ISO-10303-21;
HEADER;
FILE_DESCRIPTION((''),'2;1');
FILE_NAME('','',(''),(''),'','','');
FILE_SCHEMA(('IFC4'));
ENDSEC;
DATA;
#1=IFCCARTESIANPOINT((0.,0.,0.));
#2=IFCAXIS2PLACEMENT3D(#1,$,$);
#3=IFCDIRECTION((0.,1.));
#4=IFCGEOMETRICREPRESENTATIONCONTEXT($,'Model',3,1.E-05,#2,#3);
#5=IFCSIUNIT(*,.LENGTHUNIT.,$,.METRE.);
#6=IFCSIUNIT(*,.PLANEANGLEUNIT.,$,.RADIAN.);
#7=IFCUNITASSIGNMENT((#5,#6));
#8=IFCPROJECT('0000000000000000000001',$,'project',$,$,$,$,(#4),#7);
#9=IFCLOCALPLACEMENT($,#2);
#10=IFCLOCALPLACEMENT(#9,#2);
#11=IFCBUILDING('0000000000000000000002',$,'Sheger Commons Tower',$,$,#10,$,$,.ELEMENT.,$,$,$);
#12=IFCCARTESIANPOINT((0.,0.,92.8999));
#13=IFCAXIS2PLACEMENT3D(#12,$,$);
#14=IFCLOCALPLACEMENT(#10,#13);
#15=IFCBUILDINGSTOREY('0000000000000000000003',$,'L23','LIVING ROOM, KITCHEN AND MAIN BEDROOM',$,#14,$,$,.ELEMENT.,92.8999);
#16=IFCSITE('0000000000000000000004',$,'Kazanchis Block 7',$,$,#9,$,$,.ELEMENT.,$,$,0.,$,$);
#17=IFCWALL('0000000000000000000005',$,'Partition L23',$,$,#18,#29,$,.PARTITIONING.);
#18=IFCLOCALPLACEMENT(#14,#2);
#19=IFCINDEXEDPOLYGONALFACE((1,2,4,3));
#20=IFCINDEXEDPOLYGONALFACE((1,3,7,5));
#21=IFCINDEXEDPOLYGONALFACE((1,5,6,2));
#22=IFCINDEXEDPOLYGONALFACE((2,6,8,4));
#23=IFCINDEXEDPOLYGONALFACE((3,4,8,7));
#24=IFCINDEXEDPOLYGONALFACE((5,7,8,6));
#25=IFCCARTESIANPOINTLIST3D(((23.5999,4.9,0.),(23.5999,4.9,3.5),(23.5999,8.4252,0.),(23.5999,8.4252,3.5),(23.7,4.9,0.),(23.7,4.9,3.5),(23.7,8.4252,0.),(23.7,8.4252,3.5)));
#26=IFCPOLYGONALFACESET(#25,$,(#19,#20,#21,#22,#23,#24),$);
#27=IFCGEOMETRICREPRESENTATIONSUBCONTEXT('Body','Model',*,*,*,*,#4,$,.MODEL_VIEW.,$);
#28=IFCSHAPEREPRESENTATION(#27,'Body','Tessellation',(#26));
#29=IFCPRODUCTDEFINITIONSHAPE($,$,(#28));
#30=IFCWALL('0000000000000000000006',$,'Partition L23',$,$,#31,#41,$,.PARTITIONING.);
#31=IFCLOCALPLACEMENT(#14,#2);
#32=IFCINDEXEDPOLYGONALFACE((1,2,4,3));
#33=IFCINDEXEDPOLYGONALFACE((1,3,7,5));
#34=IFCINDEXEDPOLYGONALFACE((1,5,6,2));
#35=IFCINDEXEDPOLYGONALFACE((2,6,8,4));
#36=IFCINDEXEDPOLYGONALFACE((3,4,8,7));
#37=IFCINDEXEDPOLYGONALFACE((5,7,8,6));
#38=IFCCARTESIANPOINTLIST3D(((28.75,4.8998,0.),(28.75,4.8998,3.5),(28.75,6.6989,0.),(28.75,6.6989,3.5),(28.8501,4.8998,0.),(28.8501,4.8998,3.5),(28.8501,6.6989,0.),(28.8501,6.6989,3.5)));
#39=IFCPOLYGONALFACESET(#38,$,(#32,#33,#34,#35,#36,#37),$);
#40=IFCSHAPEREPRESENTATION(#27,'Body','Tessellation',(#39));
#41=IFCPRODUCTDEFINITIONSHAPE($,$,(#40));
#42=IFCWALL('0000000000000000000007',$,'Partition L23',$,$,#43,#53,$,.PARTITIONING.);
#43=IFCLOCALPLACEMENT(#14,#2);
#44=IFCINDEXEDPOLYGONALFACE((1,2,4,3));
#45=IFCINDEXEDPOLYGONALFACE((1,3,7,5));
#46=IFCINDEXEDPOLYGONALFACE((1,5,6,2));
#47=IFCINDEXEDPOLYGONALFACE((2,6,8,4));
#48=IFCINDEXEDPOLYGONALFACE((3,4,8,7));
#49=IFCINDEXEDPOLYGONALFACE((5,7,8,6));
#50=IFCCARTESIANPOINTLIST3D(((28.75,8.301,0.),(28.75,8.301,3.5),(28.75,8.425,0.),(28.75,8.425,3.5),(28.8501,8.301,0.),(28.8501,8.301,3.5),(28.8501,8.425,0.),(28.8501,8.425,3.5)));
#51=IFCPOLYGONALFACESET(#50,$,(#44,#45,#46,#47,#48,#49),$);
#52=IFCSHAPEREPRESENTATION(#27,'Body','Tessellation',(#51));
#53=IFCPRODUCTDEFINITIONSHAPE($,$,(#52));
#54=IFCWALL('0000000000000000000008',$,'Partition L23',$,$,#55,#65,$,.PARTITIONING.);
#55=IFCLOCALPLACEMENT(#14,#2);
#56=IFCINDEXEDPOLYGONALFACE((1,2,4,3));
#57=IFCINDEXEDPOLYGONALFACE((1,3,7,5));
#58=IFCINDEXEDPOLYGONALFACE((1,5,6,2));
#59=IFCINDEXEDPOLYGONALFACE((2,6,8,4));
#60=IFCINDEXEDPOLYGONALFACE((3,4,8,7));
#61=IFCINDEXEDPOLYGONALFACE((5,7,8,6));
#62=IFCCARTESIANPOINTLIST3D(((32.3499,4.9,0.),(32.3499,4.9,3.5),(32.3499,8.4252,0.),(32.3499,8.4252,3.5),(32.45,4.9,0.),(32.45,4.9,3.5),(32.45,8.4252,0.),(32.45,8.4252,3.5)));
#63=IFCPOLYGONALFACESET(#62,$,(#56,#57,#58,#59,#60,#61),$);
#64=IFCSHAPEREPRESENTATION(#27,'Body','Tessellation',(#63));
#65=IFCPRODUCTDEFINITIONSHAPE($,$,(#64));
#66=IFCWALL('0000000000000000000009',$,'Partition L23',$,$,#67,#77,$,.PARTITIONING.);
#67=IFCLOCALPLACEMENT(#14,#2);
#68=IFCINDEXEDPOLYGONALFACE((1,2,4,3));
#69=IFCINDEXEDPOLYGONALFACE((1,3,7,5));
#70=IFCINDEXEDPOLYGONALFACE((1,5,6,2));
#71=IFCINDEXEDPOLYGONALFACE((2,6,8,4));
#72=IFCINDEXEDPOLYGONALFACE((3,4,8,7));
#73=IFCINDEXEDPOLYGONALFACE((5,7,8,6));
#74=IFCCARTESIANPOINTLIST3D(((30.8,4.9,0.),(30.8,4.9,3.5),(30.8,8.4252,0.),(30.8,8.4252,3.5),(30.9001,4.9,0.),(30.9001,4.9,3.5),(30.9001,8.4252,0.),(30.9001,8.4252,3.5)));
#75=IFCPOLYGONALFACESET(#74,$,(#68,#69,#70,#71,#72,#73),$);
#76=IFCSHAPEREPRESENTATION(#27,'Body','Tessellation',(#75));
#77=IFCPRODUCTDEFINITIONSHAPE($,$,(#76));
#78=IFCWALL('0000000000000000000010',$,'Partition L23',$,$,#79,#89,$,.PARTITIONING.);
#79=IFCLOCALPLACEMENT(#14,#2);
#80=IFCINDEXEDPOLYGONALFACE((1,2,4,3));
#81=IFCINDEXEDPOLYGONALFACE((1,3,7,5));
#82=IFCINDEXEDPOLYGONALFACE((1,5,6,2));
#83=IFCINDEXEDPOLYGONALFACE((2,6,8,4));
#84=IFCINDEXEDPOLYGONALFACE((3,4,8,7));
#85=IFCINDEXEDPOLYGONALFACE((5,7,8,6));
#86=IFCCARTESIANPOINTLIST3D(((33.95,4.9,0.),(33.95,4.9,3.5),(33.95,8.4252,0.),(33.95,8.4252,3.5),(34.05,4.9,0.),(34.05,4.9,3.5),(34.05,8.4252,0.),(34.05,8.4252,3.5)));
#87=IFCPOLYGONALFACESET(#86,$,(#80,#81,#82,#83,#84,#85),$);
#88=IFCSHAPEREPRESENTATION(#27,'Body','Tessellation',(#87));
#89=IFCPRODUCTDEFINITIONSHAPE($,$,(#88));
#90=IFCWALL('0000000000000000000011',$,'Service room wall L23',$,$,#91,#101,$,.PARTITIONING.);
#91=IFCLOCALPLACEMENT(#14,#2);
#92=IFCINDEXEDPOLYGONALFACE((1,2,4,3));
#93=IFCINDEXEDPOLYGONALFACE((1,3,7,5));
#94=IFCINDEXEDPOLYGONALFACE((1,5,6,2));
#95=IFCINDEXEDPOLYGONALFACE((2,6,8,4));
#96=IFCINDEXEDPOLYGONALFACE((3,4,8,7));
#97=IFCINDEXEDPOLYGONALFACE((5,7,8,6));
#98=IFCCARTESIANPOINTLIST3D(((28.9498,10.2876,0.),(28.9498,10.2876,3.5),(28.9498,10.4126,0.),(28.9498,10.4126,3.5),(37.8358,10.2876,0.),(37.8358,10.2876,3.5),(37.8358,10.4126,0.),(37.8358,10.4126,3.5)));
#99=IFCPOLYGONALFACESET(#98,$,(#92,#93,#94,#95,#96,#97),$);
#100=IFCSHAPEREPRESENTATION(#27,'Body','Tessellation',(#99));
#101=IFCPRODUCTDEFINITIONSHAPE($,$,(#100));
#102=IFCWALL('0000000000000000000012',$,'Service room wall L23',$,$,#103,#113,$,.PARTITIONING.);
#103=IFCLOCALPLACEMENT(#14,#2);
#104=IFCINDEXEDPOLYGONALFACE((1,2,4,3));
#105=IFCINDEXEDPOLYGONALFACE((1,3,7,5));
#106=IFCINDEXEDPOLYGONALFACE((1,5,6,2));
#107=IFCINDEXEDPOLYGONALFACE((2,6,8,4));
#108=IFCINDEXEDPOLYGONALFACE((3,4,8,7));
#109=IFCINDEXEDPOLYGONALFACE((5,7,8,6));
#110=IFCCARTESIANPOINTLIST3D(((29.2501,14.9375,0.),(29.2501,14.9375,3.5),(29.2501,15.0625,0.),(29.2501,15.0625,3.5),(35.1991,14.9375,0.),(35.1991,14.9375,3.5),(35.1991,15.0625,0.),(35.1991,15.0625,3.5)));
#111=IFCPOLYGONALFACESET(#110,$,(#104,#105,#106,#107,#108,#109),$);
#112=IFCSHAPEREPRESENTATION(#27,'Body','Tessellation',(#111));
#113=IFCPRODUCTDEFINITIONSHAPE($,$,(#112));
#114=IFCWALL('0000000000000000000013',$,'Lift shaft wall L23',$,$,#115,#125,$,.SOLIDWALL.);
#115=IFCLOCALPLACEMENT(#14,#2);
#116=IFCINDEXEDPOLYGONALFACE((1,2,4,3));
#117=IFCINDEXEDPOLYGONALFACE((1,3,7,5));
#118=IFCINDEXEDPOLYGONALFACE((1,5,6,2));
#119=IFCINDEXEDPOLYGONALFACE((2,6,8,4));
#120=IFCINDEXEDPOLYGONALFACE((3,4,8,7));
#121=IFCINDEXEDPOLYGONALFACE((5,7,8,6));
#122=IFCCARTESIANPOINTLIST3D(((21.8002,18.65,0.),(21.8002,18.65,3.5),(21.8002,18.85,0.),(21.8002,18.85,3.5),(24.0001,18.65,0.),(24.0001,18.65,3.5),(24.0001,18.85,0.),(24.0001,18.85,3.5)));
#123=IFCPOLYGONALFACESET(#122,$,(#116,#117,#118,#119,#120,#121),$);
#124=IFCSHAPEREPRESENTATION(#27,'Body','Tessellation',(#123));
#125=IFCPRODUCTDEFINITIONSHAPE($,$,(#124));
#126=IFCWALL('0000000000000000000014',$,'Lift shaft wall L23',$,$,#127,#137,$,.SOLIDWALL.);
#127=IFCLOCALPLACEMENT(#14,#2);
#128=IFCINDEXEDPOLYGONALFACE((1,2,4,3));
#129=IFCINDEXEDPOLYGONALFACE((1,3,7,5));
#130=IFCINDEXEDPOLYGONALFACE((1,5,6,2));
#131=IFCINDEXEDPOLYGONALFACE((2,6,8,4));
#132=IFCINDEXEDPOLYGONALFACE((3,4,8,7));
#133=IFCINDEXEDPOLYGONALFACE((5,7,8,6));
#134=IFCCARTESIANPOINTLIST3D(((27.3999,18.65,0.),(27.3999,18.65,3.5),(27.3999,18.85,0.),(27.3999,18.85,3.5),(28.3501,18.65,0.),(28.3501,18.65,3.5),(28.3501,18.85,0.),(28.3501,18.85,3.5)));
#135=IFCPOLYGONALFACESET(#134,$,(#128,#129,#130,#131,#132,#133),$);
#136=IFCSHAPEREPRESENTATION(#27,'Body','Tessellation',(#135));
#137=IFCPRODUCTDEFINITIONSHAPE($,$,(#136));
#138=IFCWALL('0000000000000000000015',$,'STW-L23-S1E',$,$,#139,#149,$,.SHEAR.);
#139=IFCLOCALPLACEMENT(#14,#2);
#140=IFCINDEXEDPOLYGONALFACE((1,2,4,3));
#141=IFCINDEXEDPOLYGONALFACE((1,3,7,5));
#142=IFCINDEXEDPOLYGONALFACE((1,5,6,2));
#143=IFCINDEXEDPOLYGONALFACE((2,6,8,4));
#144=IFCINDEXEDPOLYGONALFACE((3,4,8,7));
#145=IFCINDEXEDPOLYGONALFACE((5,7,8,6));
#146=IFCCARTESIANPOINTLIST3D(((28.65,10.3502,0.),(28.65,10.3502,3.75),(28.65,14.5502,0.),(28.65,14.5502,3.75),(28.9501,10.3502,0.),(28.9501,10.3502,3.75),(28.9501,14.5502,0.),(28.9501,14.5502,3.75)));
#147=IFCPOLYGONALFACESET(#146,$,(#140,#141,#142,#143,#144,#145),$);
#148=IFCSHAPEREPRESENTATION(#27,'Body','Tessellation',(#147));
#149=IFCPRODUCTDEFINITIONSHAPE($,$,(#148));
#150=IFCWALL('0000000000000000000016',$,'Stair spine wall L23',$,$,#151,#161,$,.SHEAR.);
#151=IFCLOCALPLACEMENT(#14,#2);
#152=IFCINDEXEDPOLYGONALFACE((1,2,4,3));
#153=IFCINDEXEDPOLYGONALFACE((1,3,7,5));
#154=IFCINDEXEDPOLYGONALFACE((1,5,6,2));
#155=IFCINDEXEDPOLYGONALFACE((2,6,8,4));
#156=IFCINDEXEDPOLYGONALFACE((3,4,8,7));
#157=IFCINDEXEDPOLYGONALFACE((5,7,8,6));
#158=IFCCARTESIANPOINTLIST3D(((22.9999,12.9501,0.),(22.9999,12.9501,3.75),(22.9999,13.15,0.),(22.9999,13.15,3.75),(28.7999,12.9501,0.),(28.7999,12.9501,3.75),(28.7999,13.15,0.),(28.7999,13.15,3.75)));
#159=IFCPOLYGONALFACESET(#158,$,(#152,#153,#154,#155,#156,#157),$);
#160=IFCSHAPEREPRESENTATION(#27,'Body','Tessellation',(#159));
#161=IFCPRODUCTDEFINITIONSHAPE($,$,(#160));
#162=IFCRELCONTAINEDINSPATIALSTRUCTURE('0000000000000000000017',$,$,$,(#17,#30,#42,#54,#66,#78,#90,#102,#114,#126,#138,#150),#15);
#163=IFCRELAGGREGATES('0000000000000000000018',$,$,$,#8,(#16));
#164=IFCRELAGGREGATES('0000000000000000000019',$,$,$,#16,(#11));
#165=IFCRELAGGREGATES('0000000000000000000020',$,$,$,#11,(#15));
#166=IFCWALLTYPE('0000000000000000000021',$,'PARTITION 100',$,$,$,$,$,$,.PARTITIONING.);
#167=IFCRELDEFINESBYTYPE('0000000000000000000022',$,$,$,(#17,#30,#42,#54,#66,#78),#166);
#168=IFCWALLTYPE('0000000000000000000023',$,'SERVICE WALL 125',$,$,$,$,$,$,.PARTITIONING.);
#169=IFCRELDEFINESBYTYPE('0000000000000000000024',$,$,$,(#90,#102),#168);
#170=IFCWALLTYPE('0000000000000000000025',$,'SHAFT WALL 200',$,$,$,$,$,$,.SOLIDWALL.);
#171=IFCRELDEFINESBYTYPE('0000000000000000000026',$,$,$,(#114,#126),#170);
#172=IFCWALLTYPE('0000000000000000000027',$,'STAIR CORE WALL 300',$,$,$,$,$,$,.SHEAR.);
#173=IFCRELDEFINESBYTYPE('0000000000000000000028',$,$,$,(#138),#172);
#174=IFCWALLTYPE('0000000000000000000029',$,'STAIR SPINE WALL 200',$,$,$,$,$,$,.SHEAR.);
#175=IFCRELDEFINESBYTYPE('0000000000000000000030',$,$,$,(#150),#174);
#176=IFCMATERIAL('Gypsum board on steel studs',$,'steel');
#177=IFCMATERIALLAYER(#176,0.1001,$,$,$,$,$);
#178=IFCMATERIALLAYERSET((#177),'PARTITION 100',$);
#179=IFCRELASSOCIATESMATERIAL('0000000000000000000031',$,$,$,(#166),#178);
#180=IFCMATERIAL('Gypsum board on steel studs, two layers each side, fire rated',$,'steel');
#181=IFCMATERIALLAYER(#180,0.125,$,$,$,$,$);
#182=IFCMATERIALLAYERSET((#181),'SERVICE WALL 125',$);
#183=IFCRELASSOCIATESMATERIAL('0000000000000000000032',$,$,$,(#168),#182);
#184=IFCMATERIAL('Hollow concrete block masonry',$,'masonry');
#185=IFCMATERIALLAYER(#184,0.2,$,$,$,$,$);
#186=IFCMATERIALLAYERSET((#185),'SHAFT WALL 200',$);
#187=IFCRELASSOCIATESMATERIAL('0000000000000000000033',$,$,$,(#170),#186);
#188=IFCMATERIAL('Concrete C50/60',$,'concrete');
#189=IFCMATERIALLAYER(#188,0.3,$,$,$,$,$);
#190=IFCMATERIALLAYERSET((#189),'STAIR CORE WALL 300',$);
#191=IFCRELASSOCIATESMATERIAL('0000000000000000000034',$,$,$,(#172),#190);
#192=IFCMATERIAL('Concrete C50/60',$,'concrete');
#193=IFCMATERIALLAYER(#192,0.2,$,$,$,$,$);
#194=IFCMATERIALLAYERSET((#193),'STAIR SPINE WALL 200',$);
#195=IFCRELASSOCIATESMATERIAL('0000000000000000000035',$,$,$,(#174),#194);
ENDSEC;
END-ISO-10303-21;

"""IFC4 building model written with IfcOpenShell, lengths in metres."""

from ifc_helpers import new_model, si_unit, direction, frame, frame_2d, origin, place, context, subcontext, project, spatial, rectangle, extrude, material, layer, layer_set, type_object, element, save


model = new_model("IFC4")

# Units and contexts
model_context = context("Model", 3, precision=1e-05, world=origin(), true_north=direction((0.0, 1.0)))
body_context = subcontext(model_context, "Body", "Model", "MODEL_VIEW")
ifc_project = project(units=[si_unit("LENGTHUNIT", "METRE"), si_unit("PLANEANGLEUNIT", "RADIAN")], contexts=[model_context])

# Site, building, storey
site_placement = place(None, origin())
site = spatial("IfcSite", under=ifc_project, at=site_placement, Name="Kazanchis Block 7", CompositionType="ELEMENT", RefElevation=0.0)
building_placement = place(site_placement, origin())
building = spatial("IfcBuilding", under=site, at=building_placement, Name="Sheger Commons Tower", CompositionType="ELEMENT")
storey_placement = place(building_placement, frame((0.0, 0.0, 92.8999)))
storey = spatial("IfcBuildingStorey", under=building, at=storey_placement, Name="L23", Description="LIVING ROOM, KITCHEN AND MAIN BEDROOM", CompositionType="ELEMENT", Elevation=92.8999)

# Walls
ifc_material_1 = material(Name="Gypsum board on steel studs", Category="steel")
ifc_layer_1 = layer(ifc_material_1, 0.1001)
ifc_layer_set_1 = layer_set([ifc_layer_1], Name="PARTITION 100")
wall_type_1 = type_object("IfcWallType", Name="PARTITION 100", PredefinedType="PARTITIONING", material=ifc_layer_set_1)
wall_1_placement = place(storey_placement, frame((23.6499, 4.8999, 0.0), z_axis=(0.0, 0.0, 1.0), x_axis=(0.0, 1.0, 0.0)))
element("IfcWall", 1, at=wall_1_placement, inside=storey, type_object=wall_type_1, Name="Partition L23", PredefinedType="PARTITIONING", context=body_context, shape_type="SweptSolid", body=[
    extrude(rectangle(XDim=3.5251, YDim=0.1001, at=frame_2d((1.7627, 0.0))), origin(), (0.0, 0.0, 1.0), 3.5),
])
wall_2_placement = place(storey_placement, frame((28.8, 4.8999, 0.0), z_axis=(0.0, 0.0, 1.0), x_axis=(0.0, 1.0, 0.0)))
element("IfcWall", 2, at=wall_2_placement, inside=storey, type_object=wall_type_1, Name="Partition L23", PredefinedType="PARTITIONING", context=body_context, shape_type="SweptSolid", body=[
    extrude(rectangle(XDim=1.7991, YDim=0.1001, at=frame_2d((0.8994, 0.0))), origin(), (0.0, 0.0, 1.0), 3.5),
])
wall_3_placement = place(storey_placement, frame((28.8, 8.301, 0.0), z_axis=(0.0, 0.0, 1.0), x_axis=(0.0, 1.0, 0.0)))
element("IfcWall", 3, at=wall_3_placement, inside=storey, type_object=wall_type_1, Name="Partition L23", PredefinedType="PARTITIONING", context=body_context, shape_type="SweptSolid", body=[
    extrude(rectangle(XDim=0.124, YDim=0.1001, at=frame_2d((0.062, 0.0))), origin(), (0.0, 0.0, 1.0), 3.5),
])
for number, where, z_axis, x_axis, name in (
    (4, (32.3999, 4.8999, 0.0), (0.0, 0.0, 1.0), (0.0, 1.0, 0.0), "Partition L23"),
    (5, (30.8501, 4.8999, 0.0), (0.0, 0.0, 1.0), (0.0, 1.0, 0.0), "Partition L23"),
    (6, (34.0, 4.8999, 0.0), (0.0, 0.0, 1.0), (0.0, 1.0, 0.0), "Partition L23"),
):
    element("IfcWall", number, at=place(storey_placement, frame(where, z_axis=z_axis, x_axis=x_axis)), inside=storey, type_object=wall_type_1, Name=name, PredefinedType="PARTITIONING", context=body_context, shape_type="SweptSolid", body=[
        extrude(rectangle(XDim=3.5251, YDim=0.1001, at=frame_2d((1.7627, 0.0))), origin(), (0.0, 0.0, 1.0), 3.5),
    ])
ifc_material_2 = material(Name="Gypsum board on steel studs, two layers each side, fire rated", Category="steel")
ifc_layer_2 = layer(ifc_material_2, 0.125)
ifc_layer_set_2 = layer_set([ifc_layer_2], Name="SERVICE WALL 125")
wall_type_2 = type_object("IfcWallType", Name="SERVICE WALL 125", PredefinedType="PARTITIONING", material=ifc_layer_set_2)
wall_4_placement = place(storey_placement, frame((28.95, 10.3501, 0.0), z_axis=(0.0, 0.0, 1.0), x_axis=(1.0, 0.0, 0.0)))
element("IfcWall", 7, at=wall_4_placement, inside=storey, type_object=wall_type_2, Name="Service room wall L23", PredefinedType="PARTITIONING", context=body_context, shape_type="SweptSolid", body=[
    extrude(rectangle(XDim=8.886, YDim=0.125, at=frame_2d((4.4429, 0.0))), origin(), (0.0, 0.0, 1.0), 3.5),
])
wall_5_placement = place(storey_placement, frame((29.25, 15.0, 0.0), z_axis=(0.0, 0.0, 1.0), x_axis=(1.0, 0.0, 0.0)))
element("IfcWall", 8, at=wall_5_placement, inside=storey, type_object=wall_type_2, Name="Service room wall L23", PredefinedType="PARTITIONING", context=body_context, shape_type="SweptSolid", body=[
    extrude(rectangle(XDim=5.949, YDim=0.125, at=frame_2d((2.9746, 0.0))), origin(), (0.0, 0.0, 1.0), 3.5),
])
ifc_material_3 = material(Name="Hollow concrete block masonry", Category="masonry")
ifc_layer_3 = layer(ifc_material_3, 0.2)
ifc_layer_set_3 = layer_set([ifc_layer_3], Name="SHAFT WALL 200")
wall_type_3 = type_object("IfcWallType", Name="SHAFT WALL 200", PredefinedType="SOLIDWALL", material=ifc_layer_set_3)
wall_6_placement = place(storey_placement, frame((21.8, 18.75, 0.0), z_axis=(0.0, 0.0, 1.0), x_axis=(1.0, 0.0, 0.0)))
element("IfcWall", 9, at=wall_6_placement, inside=storey, type_object=wall_type_3, Name="Lift shaft wall L23", PredefinedType="SOLIDWALL", context=body_context, shape_type="SweptSolid", body=[
    extrude(rectangle(XDim=2.2, YDim=0.2, at=frame_2d((1.1001, 0.0))), origin(), (0.0, 0.0, 1.0), 3.5),
])
wall_7_placement = place(storey_placement, frame((27.3999, 18.75, 0.0), z_axis=(0.0, 0.0, 1.0), x_axis=(1.0, 0.0, 0.0)))
element("IfcWall", 10, at=wall_7_placement, inside=storey, type_object=wall_type_3, Name="Lift shaft wall L23", PredefinedType="SOLIDWALL", context=body_context, shape_type="SweptSolid", body=[
    extrude(rectangle(XDim=0.9502, YDim=0.2, at=frame_2d((0.4751, 0.0))), origin(), (0.0, 0.0, 1.0), 3.5),
])
ifc_material_4 = material(Name="Concrete C50/60", Category="concrete")
ifc_layer_4 = layer(ifc_material_4, 0.3)
ifc_layer_set_4 = layer_set([ifc_layer_4], Name="STAIR CORE WALL 300")
wall_type_4 = type_object("IfcWallType", Name="STAIR CORE WALL 300", PredefinedType="SHEAR", material=ifc_layer_set_4)
wall_8_placement = place(storey_placement, frame((28.8, 10.3501, 0.0), z_axis=(0.0, 0.0, 1.0), x_axis=(0.0, 1.0, 0.0)))
element("IfcWall", 11, at=wall_8_placement, inside=storey, type_object=wall_type_4, Name="STW-L23-S1E", PredefinedType="SHEAR", context=body_context, shape_type="SweptSolid", body=[
    extrude(rectangle(XDim=4.2, YDim=0.3, at=frame_2d((2.1001, 0.0))), origin(), (0.0, 0.0, 1.0), 3.75),
])
ifc_material_5 = material(Name="Concrete C50/60", Category="concrete")
ifc_layer_5 = layer(ifc_material_5, 0.2)
ifc_layer_set_5 = layer_set([ifc_layer_5], Name="STAIR SPINE WALL 200")
wall_type_5 = type_object("IfcWallType", Name="STAIR SPINE WALL 200", PredefinedType="SHEAR", material=ifc_layer_set_5)
wall_9_placement = place(storey_placement, frame((23.0, 13.05, 0.0), z_axis=(0.0, 0.0, 1.0), x_axis=(1.0, 0.0, 0.0)))
element("IfcWall", 12, at=wall_9_placement, inside=storey, type_object=wall_type_5, Name="Stair spine wall L23", PredefinedType="SHEAR", context=body_context, shape_type="SweptSolid", body=[
    extrude(rectangle(XDim=5.8, YDim=0.2, at=frame_2d((2.8999, 0.0))), origin(), (0.0, 0.0, 1.0), 3.75),
])

save(model, "model.ifc")
